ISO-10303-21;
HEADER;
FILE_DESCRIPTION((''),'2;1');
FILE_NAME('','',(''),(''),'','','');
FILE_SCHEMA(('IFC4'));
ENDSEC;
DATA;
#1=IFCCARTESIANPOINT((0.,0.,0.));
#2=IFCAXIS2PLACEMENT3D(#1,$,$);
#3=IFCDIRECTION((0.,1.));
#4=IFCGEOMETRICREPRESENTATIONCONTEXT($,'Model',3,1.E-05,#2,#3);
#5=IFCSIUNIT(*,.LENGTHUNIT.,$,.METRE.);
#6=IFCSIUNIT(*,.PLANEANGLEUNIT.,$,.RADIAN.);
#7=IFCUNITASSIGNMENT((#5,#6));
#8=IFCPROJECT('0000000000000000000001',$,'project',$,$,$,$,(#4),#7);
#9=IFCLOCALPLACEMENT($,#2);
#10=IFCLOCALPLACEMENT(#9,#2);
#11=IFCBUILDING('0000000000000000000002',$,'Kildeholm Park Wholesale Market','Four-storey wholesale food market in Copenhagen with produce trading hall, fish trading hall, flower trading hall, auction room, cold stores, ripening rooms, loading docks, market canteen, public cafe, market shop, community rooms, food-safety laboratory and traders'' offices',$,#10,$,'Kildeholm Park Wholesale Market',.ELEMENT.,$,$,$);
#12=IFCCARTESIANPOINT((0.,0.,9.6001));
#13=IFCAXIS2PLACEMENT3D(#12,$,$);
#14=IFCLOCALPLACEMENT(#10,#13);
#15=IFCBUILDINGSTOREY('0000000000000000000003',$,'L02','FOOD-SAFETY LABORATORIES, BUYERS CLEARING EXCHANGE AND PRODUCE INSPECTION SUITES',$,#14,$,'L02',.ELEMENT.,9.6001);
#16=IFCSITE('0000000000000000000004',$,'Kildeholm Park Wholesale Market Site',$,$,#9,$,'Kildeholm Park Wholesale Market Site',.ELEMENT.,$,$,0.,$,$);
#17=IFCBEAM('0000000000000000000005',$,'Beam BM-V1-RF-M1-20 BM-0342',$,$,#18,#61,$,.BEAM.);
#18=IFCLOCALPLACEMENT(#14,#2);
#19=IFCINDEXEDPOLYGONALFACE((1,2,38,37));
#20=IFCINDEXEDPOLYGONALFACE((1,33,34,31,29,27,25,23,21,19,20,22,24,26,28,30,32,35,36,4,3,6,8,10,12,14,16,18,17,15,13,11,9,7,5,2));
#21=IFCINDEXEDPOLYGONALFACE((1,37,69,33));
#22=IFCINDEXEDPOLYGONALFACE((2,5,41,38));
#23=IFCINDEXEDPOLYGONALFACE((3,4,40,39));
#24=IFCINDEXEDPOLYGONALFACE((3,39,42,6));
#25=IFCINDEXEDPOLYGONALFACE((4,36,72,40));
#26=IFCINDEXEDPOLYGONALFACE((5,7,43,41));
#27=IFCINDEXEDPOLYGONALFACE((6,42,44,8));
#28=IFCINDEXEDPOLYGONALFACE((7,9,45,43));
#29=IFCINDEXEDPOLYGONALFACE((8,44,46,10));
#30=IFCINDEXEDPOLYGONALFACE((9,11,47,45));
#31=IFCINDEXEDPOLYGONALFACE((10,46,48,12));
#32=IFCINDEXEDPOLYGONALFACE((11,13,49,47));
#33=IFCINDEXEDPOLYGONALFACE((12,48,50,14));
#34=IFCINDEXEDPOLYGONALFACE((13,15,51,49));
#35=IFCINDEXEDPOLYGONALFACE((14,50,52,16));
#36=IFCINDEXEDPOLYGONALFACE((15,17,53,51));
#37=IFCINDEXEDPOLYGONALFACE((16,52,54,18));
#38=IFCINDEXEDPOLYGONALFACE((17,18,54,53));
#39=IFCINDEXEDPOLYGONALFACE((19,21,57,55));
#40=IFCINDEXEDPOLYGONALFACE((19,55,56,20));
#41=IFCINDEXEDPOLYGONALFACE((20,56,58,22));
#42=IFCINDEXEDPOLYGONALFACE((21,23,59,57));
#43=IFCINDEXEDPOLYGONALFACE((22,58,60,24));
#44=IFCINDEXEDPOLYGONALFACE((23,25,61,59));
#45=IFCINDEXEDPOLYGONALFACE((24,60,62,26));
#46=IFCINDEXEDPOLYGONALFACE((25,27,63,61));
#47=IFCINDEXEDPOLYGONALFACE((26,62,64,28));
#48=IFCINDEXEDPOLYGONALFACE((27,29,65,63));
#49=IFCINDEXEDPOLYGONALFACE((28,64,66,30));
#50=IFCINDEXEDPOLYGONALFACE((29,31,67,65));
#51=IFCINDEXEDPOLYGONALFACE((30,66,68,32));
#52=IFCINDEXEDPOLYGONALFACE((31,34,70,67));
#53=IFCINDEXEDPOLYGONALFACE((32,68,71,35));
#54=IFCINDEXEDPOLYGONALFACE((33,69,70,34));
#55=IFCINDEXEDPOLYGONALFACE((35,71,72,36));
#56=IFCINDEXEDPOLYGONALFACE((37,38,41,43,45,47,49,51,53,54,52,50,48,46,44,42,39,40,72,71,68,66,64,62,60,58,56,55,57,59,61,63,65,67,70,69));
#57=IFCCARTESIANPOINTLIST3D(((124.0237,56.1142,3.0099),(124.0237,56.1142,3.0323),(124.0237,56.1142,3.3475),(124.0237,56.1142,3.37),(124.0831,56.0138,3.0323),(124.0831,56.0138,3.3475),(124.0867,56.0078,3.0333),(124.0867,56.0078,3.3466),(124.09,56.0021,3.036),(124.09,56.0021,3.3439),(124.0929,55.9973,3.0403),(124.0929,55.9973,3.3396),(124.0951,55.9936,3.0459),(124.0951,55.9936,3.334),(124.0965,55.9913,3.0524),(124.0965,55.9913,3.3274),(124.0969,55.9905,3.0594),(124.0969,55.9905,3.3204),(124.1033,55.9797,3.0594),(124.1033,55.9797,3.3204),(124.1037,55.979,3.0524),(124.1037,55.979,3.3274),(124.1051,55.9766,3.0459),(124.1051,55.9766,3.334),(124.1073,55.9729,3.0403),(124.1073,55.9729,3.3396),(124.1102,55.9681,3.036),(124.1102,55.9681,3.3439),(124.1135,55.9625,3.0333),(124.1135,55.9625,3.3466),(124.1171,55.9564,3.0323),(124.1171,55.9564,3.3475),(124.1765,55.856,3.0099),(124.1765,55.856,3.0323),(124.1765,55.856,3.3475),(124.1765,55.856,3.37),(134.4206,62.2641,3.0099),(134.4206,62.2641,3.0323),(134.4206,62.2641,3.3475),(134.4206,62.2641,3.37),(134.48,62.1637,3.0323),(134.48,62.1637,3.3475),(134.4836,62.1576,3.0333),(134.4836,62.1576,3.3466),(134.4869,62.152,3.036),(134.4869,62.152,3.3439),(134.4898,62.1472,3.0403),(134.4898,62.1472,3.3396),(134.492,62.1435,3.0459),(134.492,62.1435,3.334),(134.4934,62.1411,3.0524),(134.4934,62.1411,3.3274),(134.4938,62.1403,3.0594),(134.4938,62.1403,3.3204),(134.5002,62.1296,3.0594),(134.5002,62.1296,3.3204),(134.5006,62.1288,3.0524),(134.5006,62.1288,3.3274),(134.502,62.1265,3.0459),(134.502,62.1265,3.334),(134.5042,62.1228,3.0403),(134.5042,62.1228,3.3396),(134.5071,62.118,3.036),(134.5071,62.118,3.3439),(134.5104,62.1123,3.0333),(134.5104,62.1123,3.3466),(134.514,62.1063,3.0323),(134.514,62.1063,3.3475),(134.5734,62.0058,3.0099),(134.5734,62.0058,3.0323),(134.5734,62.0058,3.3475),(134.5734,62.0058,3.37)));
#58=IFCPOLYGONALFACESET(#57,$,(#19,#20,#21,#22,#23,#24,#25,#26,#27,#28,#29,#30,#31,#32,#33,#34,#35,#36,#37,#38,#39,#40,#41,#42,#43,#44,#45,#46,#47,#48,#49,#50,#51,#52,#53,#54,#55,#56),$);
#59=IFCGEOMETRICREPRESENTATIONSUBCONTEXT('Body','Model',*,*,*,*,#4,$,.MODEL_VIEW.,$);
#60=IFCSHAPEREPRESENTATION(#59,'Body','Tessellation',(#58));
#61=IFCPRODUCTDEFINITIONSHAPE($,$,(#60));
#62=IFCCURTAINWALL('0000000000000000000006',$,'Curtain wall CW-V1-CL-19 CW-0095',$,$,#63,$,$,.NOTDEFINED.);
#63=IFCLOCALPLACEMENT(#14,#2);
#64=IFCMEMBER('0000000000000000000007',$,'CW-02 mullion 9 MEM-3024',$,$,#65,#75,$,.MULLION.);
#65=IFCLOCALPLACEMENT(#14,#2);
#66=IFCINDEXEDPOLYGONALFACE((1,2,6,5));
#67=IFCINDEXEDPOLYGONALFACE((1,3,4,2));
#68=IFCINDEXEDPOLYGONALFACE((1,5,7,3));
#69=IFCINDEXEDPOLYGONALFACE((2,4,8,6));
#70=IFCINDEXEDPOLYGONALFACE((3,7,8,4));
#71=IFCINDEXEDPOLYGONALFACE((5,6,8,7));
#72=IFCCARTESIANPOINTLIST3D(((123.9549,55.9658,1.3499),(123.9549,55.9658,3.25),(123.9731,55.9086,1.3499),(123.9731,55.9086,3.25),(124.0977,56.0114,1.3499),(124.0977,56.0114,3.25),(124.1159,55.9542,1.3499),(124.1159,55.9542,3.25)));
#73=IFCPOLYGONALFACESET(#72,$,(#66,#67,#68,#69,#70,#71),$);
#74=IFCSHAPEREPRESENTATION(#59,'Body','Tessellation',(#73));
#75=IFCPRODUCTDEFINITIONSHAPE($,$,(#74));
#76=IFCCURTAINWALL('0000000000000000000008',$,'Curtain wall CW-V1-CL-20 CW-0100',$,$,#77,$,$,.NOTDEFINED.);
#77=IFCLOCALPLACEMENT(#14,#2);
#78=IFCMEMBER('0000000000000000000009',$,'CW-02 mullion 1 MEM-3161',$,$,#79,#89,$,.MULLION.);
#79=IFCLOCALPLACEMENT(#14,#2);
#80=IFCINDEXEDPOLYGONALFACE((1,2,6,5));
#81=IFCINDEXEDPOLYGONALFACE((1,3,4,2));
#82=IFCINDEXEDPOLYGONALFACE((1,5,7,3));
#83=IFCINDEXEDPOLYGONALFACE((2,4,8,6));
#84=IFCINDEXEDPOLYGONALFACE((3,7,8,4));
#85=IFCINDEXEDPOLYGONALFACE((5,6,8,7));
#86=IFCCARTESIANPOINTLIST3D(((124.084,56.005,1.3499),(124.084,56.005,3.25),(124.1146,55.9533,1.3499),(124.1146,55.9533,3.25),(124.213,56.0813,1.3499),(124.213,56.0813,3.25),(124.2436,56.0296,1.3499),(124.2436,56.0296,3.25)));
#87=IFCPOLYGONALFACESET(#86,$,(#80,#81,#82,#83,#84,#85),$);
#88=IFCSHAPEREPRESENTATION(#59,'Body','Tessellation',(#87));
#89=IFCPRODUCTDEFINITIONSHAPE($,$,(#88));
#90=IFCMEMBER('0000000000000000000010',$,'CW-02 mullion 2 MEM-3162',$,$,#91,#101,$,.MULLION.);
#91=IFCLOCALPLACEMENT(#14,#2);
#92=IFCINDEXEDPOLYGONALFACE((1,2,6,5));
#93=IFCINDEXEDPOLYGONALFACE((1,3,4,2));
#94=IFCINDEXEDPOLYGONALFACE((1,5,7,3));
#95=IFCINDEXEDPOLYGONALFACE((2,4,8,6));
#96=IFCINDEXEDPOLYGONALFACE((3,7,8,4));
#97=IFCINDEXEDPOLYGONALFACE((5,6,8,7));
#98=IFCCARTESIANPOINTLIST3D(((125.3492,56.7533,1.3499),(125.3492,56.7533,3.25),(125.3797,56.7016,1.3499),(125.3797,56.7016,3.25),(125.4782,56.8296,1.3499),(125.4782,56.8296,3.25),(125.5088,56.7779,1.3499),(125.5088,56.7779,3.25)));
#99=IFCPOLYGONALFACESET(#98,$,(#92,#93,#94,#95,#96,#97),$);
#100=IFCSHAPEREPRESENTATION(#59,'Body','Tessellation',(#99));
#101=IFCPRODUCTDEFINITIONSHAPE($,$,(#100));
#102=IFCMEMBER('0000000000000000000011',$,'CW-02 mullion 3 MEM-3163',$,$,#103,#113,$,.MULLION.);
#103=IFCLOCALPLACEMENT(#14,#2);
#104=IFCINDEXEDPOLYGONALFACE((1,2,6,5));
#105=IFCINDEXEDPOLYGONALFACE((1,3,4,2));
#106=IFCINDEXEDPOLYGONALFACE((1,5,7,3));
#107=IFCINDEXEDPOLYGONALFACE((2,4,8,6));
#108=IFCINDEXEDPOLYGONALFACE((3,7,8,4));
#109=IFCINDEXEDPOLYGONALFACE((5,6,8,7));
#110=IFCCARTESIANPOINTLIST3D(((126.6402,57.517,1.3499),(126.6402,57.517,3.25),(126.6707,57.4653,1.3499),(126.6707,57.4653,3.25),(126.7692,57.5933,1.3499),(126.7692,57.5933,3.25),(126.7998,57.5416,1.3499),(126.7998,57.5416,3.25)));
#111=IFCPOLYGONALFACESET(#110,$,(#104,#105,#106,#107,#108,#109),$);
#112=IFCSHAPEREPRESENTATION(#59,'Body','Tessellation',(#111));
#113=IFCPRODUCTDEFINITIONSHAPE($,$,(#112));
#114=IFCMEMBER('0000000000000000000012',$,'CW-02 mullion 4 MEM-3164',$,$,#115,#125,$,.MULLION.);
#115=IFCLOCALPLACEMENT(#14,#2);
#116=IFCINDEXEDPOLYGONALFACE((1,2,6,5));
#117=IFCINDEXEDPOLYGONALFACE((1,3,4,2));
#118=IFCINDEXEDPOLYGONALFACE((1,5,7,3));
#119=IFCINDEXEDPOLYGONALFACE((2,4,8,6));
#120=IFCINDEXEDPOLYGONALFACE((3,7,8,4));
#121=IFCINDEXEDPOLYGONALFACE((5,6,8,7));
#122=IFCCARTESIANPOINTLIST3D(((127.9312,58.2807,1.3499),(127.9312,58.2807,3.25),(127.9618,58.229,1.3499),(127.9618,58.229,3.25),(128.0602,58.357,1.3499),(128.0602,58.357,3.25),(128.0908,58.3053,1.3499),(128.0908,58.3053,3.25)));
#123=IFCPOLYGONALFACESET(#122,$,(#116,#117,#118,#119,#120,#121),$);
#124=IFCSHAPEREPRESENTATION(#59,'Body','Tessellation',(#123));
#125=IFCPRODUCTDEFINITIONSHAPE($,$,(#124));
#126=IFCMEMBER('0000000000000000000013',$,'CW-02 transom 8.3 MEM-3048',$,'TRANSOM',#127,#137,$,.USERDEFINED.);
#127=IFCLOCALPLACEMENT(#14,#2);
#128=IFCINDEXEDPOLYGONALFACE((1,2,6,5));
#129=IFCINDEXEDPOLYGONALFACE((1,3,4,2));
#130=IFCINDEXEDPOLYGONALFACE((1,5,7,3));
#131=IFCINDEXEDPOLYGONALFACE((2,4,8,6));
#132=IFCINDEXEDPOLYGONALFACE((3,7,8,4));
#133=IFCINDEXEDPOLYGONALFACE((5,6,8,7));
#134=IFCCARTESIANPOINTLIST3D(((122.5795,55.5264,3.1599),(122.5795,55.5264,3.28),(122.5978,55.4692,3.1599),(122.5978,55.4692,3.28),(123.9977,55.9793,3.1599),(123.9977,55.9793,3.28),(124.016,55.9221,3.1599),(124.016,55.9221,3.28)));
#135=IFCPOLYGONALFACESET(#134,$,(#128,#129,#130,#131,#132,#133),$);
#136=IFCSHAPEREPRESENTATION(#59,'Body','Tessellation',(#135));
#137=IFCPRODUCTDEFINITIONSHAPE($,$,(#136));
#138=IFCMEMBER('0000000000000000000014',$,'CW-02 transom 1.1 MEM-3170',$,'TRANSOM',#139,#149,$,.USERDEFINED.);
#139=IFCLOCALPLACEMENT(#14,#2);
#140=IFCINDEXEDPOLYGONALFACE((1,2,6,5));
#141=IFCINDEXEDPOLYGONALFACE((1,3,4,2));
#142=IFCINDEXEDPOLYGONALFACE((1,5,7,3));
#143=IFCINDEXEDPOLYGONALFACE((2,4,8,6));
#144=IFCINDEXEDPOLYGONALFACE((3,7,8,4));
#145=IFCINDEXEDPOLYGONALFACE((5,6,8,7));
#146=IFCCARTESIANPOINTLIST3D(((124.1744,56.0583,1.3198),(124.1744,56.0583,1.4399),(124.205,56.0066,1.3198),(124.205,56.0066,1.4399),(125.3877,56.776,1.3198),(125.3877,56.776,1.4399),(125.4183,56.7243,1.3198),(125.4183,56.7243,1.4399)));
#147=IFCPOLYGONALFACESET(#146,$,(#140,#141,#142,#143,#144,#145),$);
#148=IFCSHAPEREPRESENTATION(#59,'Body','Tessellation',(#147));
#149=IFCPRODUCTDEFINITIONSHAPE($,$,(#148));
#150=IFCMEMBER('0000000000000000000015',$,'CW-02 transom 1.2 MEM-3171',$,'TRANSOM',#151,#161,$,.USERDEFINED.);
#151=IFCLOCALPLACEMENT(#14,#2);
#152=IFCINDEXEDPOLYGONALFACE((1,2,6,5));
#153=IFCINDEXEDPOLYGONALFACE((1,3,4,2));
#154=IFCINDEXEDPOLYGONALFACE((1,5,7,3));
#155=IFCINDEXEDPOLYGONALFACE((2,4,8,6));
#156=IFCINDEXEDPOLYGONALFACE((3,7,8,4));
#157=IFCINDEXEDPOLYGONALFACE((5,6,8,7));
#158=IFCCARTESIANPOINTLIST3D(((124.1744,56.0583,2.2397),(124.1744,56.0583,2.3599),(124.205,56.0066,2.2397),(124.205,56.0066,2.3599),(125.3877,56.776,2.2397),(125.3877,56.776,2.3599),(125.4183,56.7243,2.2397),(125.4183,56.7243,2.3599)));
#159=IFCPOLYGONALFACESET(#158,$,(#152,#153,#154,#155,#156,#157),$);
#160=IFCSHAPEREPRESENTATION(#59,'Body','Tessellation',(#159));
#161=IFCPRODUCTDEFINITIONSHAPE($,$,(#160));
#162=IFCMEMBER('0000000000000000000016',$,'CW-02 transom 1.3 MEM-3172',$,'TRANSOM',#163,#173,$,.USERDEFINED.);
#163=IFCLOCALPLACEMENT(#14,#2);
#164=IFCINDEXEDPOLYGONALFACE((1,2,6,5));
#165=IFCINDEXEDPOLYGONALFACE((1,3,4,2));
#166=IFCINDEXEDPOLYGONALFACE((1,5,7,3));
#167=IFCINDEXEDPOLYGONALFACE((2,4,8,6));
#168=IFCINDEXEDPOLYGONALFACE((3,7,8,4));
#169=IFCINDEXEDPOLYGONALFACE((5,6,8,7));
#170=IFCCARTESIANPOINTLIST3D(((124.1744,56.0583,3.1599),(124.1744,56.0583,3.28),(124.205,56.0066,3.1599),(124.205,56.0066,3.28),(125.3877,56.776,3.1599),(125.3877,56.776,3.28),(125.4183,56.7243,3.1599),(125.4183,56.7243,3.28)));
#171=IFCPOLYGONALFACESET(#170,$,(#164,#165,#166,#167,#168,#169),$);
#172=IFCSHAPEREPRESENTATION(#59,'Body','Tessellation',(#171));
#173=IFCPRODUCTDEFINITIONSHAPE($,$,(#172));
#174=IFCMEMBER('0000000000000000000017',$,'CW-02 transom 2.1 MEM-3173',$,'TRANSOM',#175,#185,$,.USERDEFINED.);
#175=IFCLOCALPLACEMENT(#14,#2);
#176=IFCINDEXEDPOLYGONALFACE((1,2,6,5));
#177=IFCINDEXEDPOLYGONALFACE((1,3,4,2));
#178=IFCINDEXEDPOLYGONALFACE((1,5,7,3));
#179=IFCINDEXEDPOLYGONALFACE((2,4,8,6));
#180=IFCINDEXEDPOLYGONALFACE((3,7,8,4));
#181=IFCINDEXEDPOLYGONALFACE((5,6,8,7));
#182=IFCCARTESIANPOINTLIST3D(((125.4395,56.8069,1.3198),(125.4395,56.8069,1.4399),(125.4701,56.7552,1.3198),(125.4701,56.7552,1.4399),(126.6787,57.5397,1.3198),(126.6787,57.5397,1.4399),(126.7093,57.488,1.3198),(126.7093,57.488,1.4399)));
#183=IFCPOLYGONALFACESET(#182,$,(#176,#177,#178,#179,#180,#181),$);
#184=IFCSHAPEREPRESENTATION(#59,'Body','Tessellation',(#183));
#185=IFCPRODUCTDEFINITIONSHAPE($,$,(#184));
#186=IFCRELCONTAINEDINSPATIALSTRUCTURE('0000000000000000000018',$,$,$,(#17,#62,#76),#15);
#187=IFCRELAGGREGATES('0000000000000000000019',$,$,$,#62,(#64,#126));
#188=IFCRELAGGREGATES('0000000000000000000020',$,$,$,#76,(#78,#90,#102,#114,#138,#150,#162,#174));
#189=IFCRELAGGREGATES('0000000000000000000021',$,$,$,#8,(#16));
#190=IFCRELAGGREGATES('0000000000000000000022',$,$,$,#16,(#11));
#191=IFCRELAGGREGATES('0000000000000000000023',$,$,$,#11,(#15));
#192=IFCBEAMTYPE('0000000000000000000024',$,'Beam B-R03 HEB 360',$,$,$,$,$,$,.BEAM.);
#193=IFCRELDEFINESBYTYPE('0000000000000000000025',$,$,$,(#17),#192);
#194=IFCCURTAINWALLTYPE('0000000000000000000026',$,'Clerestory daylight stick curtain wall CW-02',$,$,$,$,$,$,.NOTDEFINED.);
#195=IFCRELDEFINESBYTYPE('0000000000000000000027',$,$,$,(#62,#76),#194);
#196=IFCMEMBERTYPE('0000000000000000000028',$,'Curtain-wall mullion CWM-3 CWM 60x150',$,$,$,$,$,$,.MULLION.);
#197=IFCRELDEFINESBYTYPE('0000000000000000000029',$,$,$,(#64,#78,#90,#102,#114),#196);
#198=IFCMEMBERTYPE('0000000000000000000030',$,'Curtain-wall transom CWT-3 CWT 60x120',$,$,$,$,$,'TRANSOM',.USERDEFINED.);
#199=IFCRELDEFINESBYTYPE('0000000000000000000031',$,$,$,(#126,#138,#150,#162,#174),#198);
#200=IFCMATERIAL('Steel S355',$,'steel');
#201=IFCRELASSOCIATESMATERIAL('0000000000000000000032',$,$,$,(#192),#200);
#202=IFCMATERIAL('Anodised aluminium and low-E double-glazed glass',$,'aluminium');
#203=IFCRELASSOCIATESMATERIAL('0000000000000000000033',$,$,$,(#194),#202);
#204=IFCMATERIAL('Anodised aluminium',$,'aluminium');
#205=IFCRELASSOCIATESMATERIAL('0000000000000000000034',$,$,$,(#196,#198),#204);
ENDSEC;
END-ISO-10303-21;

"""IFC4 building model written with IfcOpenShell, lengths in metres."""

from ifc_helpers import new_model, si_unit, direction, frame, origin, origin_2d, place, context, subcontext, project, spatial, rectangle, i_section, extrude, material, material_profile, profile_set, type_object, element, aggregate, save


model = new_model("IFC4")

# Units and contexts
model_context = context("Model", 3, precision=1e-05, world=origin(), true_north=direction((0.0, 1.0)))
body_context = subcontext(model_context, "Body", "Model", "MODEL_VIEW")
ifc_project = project(units=[si_unit("LENGTHUNIT", "METRE"), si_unit("PLANEANGLEUNIT", "RADIAN")], contexts=[model_context])

# Site, building, storey
site_placement = place(None, origin())
site = spatial("IfcSite", under=ifc_project, at=site_placement, Name="Kildeholm Park Wholesale Market Site", LongName="Kildeholm Park Wholesale Market Site", CompositionType="ELEMENT", RefElevation=0.0)
building_placement = place(site_placement, origin())
building = spatial("IfcBuilding", under=site, at=building_placement, Name="Kildeholm Park Wholesale Market", Description="Four-storey wholesale food market in Copenhagen with produce trading hall, fish trading hall, flower trading hall, auction room, cold stores, ripening rooms, loading docks, market canteen, public cafe, market shop, community rooms, food-safety laboratory and traders' offices", LongName="Kildeholm Park Wholesale Market", CompositionType="ELEMENT")
storey_placement = place(building_placement, frame((0.0, 0.0, 9.6001)))
storey = spatial("IfcBuildingStorey", under=building, at=storey_placement, Name="L02", Description="FOOD-SAFETY LABORATORIES, BUYERS CLEARING EXCHANGE AND PRODUCE INSPECTION SUITES", LongName="L02", CompositionType="ELEMENT", Elevation=9.6001)

# Shared definitions
ifc_material_1 = material(Name="Steel S355", Category="steel")

# Beam
ifc_material_profile_1 = material_profile(ifc_material_1, i_section(OverallWidth=0.3, OverallDepth=0.3601, WebThickness=0.0125, FlangeThickness=0.0225, FilletRadius=0.0271, at=origin_2d()), Name="HEB 360")
ifc_profile_set_1 = profile_set([ifc_material_profile_1], Name="Steel S355")
beam_type_1 = type_object("IfcBeamType", Name="Beam B-R03 HEB 360", PredefinedType="BEAM", material=ifc_profile_set_1)
beam_1_placement = place(storey_placement, frame((124.1001, 55.9851, 3.1899), z_axis=(0.8607, 0.509112, 0.0), x_axis=(-0.509112, 0.8607, 0.0)))
element("IfcBeam", 1, at=beam_1_placement, inside=storey, type_object=beam_type_1, Name="Beam BM-V1-RF-M1-20 BM-0342", PredefinedType="BEAM", context=body_context, shape_type="SweptSolid", body=[
    extrude(i_section(OverallWidth=0.3, OverallDepth=0.3601, WebThickness=0.0125, FlangeThickness=0.0225, FilletRadius=0.0271, at=origin_2d()), origin(), (0.0, 0.0, 1.0), 12.0796),
])

# Curtain wall, member
ifc_material_2 = material(Name="Anodised aluminium and low-E double-glazed glass", Category="aluminium")
curtain_wall_type = type_object("IfcCurtainWallType", Name="Clerestory daylight stick curtain wall CW-02", PredefinedType="NOTDEFINED", material=ifc_material_2)
curtain_wall_1_placement = place(storey_placement, origin())
curtain_wall_1 = element("IfcCurtainWall", 2, at=curtain_wall_1_placement, inside=storey, type_object=curtain_wall_type, Name="Curtain wall CW-V1-CL-19 CW-0095", PredefinedType="NOTDEFINED")
ifc_material_3 = material(Name="Anodised aluminium", Category="aluminium")
ifc_material_profile_2 = material_profile(ifc_material_3, rectangle(XDim=0.0601, YDim=0.1499, at=origin_2d()), Name="CWM 60x150")
ifc_profile_set_2 = profile_set([ifc_material_profile_2], Name="Anodised aluminium")
member_type_1 = type_object("IfcMemberType", Name="Curtain-wall mullion CWM-3 CWM 60x150", PredefinedType="MULLION", material=ifc_profile_set_2)
member_1_placement = place(storey_placement, frame((124.0354, 55.96, 1.3499), z_axis=(0.0, 0.0, 1.0), x_axis=(-0.304207, 0.952606, 0.0)))
member_1 = element("IfcMember", 3, at=member_1_placement, type_object=member_type_1, Name="CW-02 mullion 9 MEM-3024", PredefinedType="MULLION", context=body_context, shape_type="SweptSolid", body=[
    extrude(rectangle(XDim=0.0601, YDim=0.1499, at=origin_2d()), origin(), (0.0, 0.0, 1.0), 1.9001),
])

# Curtain wall, members
curtain_wall_2_placement = place(storey_placement, origin())
curtain_wall_2 = element("IfcCurtainWall", 4, at=curtain_wall_2_placement, inside=storey, type_object=curtain_wall_type, Name="Curtain wall CW-V1-CL-20 CW-0100", PredefinedType="NOTDEFINED")
member_2_placement = place(storey_placement, frame((124.1638, 56.0173, 1.3499), z_axis=(0.0, 0.0, 1.0), x_axis=(-0.509105, 0.860704, 0.0)))
member_2 = element("IfcMember", 5, at=member_2_placement, type_object=member_type_1, Name="CW-02 mullion 1 MEM-3161", PredefinedType="MULLION", context=body_context, shape_type="SweptSolid", body=[
    extrude(rectangle(XDim=0.0601, YDim=0.1499, at=origin_2d()), origin(), (0.0, 0.0, 1.0), 1.9001),
])
member_3_placement = place(storey_placement, frame((125.429, 56.7656, 1.3499), z_axis=(0.0, 0.0, 1.0), x_axis=(-0.509105, 0.860704, 0.0)))
member_3 = element("IfcMember", 6, at=member_3_placement, type_object=member_type_1, Name="CW-02 mullion 2 MEM-3162", PredefinedType="MULLION", context=body_context, shape_type="SweptSolid", body=[
    extrude(rectangle(XDim=0.0601, YDim=0.1499, at=origin_2d()), origin(), (0.0, 0.0, 1.0), 1.9001),
])
member_4_placement = place(storey_placement, frame((126.72, 57.5293, 1.3499), z_axis=(0.0, 0.0, 1.0), x_axis=(-0.509105, 0.860704, 0.0)))
member_4 = element("IfcMember", 7, at=member_4_placement, type_object=member_type_1, Name="CW-02 mullion 3 MEM-3163", PredefinedType="MULLION", context=body_context, shape_type="SweptSolid", body=[
    extrude(rectangle(XDim=0.0601, YDim=0.1499, at=origin_2d()), origin(), (0.0, 0.0, 1.0), 1.9001),
])
member_5_placement = place(storey_placement, frame((128.011, 58.293, 1.3499), z_axis=(0.0, 0.0, 1.0), x_axis=(-0.509105, 0.860704, 0.0)))
member_5 = element("IfcMember", 8, at=member_5_placement, type_object=member_type_1, Name="CW-02 mullion 4 MEM-3164", PredefinedType="MULLION", context=body_context, shape_type="SweptSolid", body=[
    extrude(rectangle(XDim=0.0601, YDim=0.1499, at=origin_2d()), origin(), (0.0, 0.0, 1.0), 1.9001),
])

# Members
ifc_material_profile_3 = material_profile(ifc_material_3, rectangle(XDim=0.0601, YDim=0.1201, at=origin_2d()), Name="CWT 60x120")
ifc_profile_set_3 = profile_set([ifc_material_profile_3], Name="Anodised aluminium")
member_type_2 = type_object("IfcMemberType", Name="Curtain-wall transom CWT-3 CWT 60x120", ElementType="TRANSOM", PredefinedType="USERDEFINED", material=ifc_profile_set_3)
member_6_placement = place(storey_placement, frame((122.5886, 55.4978, 3.22), z_axis=(0.952609, 0.304198, 0.0), x_axis=(-0.304198, 0.952609, 0.0)))
member_6 = element("IfcMember", 9, at=member_6_placement, type_object=member_type_2, Name="CW-02 transom 8.3 MEM-3048", ObjectType="TRANSOM", PredefinedType="USERDEFINED", context=body_context, shape_type="SweptSolid", body=[
    extrude(rectangle(XDim=0.0601, YDim=0.1201, at=origin_2d()), origin(), (0.0, 0.0, 1.0), 1.4888),
])
member_7_placement = place(storey_placement, frame((124.1897, 56.0325, 1.3799), z_axis=(0.860685, 0.509138, 0.0), x_axis=(-0.509138, 0.860685, 0.0)))
member_7 = element("IfcMember", 10, at=member_7_placement, type_object=member_type_2, Name="CW-02 transom 1.1 MEM-3170", ObjectType="TRANSOM", PredefinedType="USERDEFINED", context=body_context, shape_type="SweptSolid", body=[
    extrude(rectangle(XDim=0.0601, YDim=0.1201, at=origin_2d()), origin(), (0.0, 0.0, 1.0), 1.4097),
])
member_8_placement = place(storey_placement, frame((124.1897, 56.0325, 2.2998), z_axis=(0.860685, 0.509138, 0.0), x_axis=(-0.509138, 0.860685, 0.0)))
member_8 = element("IfcMember", 11, at=member_8_placement, type_object=member_type_2, Name="CW-02 transom 1.2 MEM-3171", ObjectType="TRANSOM", PredefinedType="USERDEFINED", context=body_context, shape_type="SweptSolid", body=[
    extrude(rectangle(XDim=0.0601, YDim=0.1201, at=origin_2d()), origin(), (0.0, 0.0, 1.0), 1.4097),
])
member_9_placement = place(storey_placement, frame((124.1897, 56.0325, 3.22), z_axis=(0.860685, 0.509138, 0.0), x_axis=(-0.509138, 0.860685, 0.0)))
member_9 = element("IfcMember", 12, at=member_9_placement, type_object=member_type_2, Name="CW-02 transom 1.3 MEM-3172", ObjectType="TRANSOM", PredefinedType="USERDEFINED", context=body_context, shape_type="SweptSolid", body=[
    extrude(rectangle(XDim=0.0601, YDim=0.1201, at=origin_2d()), origin(), (0.0, 0.0, 1.0), 1.4097),
])
member_10_placement = place(storey_placement, frame((125.4548, 56.781, 1.3799), z_axis=(0.860737, 0.509049, 0.0), x_axis=(-0.509049, 0.860737, 0.0)))
member_10 = element("IfcMember", 13, at=member_10_placement, type_object=member_type_2, Name="CW-02 transom 2.1 MEM-3173", ObjectType="TRANSOM", PredefinedType="USERDEFINED", context=body_context, shape_type="SweptSolid", body=[
    extrude(rectangle(XDim=0.0601, YDim=0.1201, at=origin_2d()), origin(), (0.0, 0.0, 1.0), 1.4397),
])

aggregate(curtain_wall_1, [member_1, member_6])
aggregate(curtain_wall_2, [member_2, member_3, member_4, member_5, member_7, member_8, member_9, member_10])

save(model, "model.ifc")
